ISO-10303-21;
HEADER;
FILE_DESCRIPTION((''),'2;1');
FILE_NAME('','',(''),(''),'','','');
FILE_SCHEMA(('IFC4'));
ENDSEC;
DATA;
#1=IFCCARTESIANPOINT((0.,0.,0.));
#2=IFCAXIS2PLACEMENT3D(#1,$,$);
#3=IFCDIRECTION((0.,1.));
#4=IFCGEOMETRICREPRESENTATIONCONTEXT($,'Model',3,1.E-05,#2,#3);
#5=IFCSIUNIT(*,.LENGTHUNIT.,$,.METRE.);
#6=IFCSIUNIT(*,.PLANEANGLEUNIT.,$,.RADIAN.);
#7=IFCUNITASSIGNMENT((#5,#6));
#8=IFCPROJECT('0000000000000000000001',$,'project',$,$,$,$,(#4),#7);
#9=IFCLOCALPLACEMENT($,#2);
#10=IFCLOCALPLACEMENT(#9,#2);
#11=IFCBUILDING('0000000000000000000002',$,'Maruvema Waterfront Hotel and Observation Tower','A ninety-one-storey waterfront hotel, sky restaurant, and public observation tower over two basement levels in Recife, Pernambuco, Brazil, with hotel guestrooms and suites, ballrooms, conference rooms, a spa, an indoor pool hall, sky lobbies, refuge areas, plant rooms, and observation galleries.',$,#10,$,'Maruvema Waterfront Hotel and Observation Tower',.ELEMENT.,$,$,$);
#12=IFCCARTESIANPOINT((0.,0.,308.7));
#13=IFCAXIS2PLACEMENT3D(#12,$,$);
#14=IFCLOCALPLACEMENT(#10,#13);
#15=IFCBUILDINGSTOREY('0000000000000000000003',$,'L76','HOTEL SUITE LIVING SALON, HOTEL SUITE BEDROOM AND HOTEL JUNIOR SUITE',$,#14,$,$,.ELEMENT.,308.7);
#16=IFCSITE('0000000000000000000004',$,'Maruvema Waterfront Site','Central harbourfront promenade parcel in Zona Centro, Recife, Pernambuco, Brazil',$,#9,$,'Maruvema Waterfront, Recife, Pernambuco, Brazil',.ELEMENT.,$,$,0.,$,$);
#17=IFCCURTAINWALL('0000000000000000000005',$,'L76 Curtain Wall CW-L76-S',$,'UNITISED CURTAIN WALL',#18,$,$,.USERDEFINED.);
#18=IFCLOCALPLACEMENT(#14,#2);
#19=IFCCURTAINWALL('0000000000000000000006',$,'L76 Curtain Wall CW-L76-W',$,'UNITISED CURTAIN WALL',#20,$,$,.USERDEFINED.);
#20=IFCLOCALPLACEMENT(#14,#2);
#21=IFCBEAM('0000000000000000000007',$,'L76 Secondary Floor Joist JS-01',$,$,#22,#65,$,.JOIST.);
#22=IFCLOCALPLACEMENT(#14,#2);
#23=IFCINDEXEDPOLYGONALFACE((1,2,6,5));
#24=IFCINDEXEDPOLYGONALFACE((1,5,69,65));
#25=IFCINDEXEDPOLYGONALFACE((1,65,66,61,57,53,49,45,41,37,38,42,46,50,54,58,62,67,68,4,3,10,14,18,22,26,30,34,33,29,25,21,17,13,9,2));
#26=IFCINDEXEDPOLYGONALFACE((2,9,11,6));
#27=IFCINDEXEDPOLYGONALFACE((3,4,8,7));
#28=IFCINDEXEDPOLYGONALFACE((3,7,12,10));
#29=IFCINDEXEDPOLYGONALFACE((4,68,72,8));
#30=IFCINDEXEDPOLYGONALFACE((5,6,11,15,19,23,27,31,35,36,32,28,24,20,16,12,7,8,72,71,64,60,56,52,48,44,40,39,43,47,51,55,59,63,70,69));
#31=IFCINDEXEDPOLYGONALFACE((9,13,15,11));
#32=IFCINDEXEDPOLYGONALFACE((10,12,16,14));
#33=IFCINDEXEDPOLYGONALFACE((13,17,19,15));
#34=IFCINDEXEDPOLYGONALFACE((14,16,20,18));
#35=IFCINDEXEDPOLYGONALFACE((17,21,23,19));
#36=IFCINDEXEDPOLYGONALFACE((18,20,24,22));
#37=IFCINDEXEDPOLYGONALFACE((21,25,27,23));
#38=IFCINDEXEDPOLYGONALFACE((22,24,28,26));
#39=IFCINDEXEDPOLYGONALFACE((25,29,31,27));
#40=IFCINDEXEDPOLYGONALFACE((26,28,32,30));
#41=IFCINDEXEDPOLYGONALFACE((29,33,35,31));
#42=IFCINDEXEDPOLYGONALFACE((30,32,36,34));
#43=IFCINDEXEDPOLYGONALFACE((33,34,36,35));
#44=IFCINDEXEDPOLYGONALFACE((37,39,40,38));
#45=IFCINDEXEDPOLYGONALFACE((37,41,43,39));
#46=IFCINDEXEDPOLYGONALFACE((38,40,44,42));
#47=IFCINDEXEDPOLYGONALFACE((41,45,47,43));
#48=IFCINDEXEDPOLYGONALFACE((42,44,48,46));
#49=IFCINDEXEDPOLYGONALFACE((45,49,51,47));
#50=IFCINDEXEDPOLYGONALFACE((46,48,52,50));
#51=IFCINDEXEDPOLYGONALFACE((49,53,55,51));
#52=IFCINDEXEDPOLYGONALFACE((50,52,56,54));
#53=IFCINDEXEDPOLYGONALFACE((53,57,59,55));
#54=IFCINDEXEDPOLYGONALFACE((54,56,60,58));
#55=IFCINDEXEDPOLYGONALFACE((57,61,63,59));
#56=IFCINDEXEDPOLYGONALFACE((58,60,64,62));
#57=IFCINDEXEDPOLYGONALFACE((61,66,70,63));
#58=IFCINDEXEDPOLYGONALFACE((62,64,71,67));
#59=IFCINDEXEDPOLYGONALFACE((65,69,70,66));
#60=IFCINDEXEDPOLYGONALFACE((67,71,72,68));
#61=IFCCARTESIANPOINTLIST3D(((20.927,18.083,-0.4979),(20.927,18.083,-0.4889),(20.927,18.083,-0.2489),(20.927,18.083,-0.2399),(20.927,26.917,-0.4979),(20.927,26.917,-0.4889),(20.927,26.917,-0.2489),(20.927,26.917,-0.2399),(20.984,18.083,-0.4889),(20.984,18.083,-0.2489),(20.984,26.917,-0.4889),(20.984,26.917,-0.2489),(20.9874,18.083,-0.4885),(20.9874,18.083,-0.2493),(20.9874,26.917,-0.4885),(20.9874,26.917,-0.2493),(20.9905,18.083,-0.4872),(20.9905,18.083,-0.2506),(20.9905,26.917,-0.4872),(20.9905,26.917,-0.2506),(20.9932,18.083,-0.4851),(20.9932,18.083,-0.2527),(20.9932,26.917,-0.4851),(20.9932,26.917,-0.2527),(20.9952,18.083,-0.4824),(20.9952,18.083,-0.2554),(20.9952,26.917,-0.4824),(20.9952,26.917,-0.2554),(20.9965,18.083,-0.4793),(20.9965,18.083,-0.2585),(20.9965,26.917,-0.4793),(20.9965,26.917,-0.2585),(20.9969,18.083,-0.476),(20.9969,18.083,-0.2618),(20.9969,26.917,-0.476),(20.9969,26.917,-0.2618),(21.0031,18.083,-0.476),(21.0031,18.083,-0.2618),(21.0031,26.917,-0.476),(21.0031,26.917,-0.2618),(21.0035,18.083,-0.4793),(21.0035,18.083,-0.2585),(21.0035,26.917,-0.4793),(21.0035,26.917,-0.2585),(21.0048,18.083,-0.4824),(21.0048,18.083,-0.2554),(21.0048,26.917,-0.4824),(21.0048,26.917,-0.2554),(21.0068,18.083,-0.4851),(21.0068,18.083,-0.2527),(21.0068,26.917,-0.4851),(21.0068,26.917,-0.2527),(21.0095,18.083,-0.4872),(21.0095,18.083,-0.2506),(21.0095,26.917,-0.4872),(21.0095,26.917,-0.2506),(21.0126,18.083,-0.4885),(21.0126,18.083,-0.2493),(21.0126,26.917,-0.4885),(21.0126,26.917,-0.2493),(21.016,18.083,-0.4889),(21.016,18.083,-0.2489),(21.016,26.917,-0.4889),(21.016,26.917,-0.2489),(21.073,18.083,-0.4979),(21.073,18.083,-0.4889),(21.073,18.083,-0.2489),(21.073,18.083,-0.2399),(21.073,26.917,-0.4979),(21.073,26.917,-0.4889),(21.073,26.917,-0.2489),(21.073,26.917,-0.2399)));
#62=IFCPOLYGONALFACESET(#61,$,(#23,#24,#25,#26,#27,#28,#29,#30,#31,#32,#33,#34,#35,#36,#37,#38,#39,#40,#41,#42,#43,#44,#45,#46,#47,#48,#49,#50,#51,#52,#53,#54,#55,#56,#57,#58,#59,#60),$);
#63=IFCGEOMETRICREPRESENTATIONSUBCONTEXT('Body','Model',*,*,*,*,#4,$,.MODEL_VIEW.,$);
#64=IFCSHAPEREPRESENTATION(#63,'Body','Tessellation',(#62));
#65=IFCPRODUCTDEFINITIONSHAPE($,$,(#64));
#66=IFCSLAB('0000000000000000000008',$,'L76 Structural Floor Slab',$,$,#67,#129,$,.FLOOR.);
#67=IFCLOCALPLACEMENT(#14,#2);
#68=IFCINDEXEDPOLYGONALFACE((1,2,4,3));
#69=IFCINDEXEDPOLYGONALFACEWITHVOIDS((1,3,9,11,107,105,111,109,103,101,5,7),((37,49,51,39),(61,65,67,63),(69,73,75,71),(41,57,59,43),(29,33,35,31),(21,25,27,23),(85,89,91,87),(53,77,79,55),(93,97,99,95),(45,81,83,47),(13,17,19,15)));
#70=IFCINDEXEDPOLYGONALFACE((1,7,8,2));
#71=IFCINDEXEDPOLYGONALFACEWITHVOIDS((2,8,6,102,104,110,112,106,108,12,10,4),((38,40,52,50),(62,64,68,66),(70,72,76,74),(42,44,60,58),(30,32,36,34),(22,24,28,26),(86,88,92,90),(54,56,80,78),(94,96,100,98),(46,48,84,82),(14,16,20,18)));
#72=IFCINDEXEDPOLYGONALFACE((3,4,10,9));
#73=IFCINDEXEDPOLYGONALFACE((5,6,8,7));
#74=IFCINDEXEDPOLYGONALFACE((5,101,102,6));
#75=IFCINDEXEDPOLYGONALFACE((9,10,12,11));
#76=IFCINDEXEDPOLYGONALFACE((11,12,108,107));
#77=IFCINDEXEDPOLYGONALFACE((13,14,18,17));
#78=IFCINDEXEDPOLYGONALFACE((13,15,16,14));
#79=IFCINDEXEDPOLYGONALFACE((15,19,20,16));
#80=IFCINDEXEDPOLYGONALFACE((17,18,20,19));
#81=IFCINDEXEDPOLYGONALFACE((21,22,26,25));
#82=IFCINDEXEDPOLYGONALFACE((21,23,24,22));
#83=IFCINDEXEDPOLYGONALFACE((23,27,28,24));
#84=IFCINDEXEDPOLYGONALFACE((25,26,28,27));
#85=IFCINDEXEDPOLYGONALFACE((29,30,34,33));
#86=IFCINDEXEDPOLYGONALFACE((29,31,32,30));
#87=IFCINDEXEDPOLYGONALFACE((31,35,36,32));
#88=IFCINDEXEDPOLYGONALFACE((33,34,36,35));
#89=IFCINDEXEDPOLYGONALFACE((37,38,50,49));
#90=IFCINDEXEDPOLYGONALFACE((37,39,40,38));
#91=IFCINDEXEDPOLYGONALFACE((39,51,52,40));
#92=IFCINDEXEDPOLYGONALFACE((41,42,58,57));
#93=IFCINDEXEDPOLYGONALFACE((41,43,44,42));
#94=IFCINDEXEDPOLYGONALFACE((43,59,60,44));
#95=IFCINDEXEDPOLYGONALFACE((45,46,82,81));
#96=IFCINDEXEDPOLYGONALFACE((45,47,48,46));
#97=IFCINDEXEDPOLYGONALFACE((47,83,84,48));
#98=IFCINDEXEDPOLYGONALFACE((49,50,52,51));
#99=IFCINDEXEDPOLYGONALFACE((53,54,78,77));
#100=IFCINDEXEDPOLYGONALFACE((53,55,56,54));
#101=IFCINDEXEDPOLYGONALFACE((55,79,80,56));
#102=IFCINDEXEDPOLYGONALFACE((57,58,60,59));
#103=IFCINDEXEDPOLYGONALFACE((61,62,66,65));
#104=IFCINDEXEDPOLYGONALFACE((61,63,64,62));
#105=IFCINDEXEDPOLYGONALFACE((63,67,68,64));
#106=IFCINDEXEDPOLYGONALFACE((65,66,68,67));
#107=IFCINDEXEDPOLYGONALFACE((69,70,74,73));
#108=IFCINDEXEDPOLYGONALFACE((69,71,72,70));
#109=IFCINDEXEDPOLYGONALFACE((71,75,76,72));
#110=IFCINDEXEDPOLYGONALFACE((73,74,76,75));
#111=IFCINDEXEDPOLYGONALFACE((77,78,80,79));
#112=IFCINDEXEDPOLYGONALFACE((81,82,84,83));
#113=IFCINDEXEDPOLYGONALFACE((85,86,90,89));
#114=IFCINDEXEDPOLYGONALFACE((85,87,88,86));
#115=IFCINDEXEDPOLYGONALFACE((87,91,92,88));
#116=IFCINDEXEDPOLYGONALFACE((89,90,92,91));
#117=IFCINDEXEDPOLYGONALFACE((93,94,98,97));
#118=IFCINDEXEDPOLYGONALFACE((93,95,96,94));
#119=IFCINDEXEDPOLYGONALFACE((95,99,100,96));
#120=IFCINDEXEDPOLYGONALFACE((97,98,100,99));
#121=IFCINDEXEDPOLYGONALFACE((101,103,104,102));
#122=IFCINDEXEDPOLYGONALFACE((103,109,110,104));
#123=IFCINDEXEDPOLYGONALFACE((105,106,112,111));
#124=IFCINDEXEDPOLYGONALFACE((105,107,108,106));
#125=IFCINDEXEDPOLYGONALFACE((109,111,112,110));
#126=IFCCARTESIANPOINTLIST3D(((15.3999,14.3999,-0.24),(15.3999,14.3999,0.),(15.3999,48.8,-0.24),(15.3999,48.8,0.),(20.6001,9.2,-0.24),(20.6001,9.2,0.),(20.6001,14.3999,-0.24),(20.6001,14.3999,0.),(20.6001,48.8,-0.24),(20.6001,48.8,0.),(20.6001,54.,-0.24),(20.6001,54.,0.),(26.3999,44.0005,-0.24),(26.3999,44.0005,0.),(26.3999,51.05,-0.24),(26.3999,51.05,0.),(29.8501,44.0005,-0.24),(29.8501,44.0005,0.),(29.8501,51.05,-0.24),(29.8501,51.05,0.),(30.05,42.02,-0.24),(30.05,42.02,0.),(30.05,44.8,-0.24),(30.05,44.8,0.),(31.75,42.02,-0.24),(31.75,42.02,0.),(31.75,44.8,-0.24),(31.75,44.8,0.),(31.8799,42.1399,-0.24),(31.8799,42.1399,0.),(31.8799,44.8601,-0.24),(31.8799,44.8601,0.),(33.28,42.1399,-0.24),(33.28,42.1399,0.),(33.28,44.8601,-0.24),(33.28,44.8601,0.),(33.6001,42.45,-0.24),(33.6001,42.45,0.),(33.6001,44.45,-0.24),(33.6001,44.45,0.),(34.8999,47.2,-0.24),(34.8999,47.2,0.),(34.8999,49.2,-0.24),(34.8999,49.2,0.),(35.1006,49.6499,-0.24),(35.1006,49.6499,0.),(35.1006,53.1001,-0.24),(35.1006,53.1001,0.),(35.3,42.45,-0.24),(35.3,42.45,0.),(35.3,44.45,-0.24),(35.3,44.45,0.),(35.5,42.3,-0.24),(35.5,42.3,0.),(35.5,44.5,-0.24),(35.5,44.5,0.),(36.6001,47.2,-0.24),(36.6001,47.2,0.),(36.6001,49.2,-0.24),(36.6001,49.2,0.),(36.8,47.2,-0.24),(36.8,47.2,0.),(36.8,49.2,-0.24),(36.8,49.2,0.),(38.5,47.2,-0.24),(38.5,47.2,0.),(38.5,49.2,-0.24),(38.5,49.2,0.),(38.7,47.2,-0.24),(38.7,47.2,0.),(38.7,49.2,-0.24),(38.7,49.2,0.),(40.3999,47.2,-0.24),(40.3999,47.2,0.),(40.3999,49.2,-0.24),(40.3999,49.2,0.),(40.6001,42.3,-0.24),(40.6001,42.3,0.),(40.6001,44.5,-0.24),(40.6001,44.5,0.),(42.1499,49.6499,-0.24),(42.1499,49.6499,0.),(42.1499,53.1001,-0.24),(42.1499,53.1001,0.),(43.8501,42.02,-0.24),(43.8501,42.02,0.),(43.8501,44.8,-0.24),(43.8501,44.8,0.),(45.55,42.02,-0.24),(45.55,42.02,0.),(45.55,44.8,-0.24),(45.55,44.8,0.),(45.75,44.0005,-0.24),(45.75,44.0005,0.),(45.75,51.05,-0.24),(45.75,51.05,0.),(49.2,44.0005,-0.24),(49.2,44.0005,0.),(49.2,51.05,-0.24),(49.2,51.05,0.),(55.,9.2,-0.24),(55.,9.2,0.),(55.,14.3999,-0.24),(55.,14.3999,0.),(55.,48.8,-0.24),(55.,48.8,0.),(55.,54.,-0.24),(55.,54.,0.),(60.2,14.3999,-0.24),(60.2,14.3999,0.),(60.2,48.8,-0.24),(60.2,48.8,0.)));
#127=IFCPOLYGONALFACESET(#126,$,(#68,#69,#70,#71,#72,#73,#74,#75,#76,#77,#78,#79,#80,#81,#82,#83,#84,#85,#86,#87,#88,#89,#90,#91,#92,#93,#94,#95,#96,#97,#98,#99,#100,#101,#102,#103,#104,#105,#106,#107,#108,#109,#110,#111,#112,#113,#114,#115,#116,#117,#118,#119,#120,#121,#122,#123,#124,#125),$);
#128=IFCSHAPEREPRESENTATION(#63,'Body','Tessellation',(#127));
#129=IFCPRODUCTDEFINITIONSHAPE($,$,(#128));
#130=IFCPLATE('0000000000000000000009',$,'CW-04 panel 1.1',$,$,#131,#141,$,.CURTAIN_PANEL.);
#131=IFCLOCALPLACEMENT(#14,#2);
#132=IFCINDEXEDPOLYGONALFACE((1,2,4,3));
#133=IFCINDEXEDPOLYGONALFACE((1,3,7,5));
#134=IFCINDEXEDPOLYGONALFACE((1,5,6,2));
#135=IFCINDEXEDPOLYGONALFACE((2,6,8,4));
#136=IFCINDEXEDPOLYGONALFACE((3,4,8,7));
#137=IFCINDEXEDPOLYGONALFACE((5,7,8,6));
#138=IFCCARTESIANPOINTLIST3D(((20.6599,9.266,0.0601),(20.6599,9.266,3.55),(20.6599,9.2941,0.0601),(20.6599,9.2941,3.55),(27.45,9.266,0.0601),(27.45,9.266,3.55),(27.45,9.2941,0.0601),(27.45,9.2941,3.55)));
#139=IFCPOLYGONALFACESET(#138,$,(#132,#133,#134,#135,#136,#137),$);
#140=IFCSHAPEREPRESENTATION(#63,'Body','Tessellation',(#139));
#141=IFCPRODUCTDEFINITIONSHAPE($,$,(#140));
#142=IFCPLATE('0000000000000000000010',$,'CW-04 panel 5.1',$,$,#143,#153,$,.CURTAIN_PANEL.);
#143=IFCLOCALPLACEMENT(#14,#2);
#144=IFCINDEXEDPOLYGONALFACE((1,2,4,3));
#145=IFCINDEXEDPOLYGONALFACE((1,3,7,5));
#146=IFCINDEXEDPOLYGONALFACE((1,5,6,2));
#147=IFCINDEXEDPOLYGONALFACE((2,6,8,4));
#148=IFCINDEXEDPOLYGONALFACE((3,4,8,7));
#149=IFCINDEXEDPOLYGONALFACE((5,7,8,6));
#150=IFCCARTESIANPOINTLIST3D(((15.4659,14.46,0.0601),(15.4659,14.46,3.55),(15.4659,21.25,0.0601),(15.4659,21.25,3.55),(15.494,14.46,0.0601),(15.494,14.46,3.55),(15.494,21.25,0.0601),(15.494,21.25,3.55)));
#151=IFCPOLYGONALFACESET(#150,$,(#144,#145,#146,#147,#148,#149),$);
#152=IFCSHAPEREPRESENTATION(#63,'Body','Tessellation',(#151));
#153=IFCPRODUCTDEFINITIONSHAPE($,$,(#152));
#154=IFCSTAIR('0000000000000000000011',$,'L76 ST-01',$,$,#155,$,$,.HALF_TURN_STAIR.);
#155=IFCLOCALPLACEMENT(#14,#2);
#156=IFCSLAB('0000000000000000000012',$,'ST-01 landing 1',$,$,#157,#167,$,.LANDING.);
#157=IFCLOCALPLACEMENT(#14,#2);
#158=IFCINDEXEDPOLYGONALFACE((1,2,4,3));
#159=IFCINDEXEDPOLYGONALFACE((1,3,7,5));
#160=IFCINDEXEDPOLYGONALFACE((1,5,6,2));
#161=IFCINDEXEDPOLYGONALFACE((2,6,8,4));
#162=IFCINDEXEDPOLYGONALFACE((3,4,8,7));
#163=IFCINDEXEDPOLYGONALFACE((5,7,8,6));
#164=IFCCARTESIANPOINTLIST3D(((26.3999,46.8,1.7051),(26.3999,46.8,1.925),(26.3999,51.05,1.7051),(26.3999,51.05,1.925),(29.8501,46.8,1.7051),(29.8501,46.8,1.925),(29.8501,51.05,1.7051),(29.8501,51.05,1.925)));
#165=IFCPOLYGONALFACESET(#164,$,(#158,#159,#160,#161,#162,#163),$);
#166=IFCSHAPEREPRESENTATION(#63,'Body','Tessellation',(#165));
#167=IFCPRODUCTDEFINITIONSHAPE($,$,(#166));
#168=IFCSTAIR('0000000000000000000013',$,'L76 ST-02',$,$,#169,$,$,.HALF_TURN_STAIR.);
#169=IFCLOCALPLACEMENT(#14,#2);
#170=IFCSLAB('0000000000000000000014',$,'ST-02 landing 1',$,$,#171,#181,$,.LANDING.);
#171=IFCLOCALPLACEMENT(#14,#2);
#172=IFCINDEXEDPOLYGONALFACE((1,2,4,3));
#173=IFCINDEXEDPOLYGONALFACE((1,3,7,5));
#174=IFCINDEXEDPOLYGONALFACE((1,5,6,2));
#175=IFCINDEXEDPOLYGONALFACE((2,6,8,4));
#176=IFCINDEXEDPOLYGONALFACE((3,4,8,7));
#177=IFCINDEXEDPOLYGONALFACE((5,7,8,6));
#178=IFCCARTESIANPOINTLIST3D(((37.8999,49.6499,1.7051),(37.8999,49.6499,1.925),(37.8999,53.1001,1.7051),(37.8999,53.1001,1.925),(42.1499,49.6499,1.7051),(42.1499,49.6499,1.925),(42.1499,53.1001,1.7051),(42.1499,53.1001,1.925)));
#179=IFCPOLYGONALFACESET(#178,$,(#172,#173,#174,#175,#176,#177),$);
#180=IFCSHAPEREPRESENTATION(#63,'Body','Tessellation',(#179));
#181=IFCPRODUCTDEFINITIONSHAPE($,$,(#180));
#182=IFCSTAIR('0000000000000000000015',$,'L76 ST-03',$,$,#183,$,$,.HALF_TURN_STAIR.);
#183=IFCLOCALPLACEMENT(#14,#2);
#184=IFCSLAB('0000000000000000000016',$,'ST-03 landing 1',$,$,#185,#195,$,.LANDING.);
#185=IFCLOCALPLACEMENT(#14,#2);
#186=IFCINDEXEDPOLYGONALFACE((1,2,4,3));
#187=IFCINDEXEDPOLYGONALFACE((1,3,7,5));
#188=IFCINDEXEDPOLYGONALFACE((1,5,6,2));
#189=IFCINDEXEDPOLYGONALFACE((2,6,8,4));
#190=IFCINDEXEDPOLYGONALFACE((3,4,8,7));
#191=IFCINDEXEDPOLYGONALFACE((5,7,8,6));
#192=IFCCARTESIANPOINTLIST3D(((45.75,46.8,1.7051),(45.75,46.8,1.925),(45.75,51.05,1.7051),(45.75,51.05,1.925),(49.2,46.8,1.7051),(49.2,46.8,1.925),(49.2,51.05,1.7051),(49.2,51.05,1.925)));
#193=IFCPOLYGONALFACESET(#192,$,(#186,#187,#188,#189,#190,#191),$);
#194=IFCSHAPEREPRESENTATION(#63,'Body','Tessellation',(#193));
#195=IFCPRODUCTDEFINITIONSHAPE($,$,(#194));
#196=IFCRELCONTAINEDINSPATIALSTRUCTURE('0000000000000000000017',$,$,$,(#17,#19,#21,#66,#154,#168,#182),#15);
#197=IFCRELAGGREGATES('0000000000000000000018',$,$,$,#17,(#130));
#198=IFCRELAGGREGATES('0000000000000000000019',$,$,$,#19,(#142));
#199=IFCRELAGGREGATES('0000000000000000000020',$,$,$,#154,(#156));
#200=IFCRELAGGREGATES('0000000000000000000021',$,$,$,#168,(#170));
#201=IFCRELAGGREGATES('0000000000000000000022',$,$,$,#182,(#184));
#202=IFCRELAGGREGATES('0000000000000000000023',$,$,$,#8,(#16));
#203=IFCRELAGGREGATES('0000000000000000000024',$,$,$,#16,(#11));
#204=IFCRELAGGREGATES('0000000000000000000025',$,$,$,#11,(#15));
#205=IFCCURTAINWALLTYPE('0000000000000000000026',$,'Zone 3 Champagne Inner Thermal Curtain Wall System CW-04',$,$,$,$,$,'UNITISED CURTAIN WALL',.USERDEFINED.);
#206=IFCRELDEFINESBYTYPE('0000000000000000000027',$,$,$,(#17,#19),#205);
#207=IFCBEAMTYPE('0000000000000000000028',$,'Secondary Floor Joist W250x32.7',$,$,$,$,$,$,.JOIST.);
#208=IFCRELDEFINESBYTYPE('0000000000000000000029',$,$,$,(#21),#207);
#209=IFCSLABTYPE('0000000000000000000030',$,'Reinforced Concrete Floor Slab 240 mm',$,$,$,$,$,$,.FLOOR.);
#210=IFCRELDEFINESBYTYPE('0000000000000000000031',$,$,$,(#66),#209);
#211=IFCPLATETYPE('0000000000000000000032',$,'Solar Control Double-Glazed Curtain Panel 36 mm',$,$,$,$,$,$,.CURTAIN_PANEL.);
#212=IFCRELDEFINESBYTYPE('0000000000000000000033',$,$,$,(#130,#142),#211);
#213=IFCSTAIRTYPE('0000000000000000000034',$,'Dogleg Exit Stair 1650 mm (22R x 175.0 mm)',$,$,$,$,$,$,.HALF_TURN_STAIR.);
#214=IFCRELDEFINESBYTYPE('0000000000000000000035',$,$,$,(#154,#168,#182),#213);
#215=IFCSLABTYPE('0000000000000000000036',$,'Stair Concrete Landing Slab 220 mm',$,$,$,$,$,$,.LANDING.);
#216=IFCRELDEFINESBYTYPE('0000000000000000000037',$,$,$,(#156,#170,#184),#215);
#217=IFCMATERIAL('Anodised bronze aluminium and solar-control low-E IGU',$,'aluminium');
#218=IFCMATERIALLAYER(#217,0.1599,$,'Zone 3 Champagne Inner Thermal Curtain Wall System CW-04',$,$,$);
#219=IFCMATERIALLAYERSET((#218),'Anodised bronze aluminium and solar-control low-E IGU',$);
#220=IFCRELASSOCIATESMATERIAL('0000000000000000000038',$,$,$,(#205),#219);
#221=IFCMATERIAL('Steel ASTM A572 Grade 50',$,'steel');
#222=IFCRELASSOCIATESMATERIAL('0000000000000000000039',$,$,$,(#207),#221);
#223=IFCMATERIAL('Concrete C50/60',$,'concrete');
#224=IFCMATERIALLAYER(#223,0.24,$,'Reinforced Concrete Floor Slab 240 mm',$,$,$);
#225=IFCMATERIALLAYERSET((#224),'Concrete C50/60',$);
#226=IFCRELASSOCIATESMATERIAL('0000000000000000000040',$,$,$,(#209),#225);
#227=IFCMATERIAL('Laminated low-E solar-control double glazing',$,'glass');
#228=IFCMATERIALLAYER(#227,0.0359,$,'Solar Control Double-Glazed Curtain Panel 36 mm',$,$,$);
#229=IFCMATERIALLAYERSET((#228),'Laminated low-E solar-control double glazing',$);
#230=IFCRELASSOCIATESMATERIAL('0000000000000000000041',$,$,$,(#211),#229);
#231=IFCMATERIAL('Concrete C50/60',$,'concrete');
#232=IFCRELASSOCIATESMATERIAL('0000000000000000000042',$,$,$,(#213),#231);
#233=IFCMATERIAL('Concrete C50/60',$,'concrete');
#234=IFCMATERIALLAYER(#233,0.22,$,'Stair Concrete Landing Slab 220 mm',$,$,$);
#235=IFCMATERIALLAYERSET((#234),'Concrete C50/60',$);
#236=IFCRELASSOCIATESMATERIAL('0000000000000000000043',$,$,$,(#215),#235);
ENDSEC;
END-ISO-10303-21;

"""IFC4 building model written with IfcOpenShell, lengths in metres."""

from ifc_helpers import new_model, si_unit, direction, frame, origin, origin_2d, place, context, subcontext, project, spatial, polyline, rectangle, i_section, outline, extrude, material, layer, layer_set, material_profile, profile_set, type_object, element, aggregate, save


model = new_model("IFC4")

# Units and contexts
model_context = context("Model", 3, precision=1e-05, world=origin(), true_north=direction((0.0, 1.0)))
body_context = subcontext(model_context, "Body", "Model", "MODEL_VIEW")
ifc_project = project(units=[si_unit("LENGTHUNIT", "METRE"), si_unit("PLANEANGLEUNIT", "RADIAN")], contexts=[model_context])

# Site, building, storey
site_placement = place(None, origin())
site = spatial("IfcSite", under=ifc_project, at=site_placement, Name="Maruvema Waterfront Site", Description="Central harbourfront promenade parcel in Zona Centro, Recife, Pernambuco, Brazil", LongName="Maruvema Waterfront, Recife, Pernambuco, Brazil", CompositionType="ELEMENT", RefElevation=0.0)
building_placement = place(site_placement, origin())
building = spatial("IfcBuilding", under=site, at=building_placement, Name="Maruvema Waterfront Hotel and Observation Tower", Description="A ninety-one-storey waterfront hotel, sky restaurant, and public observation tower over two basement levels in Recife, Pernambuco, Brazil, with hotel guestrooms and suites, ballrooms, conference rooms, a spa, an indoor pool hall, sky lobbies, refuge areas, plant rooms, and observation galleries.", LongName="Maruvema Waterfront Hotel and Observation Tower", CompositionType="ELEMENT")
storey_placement = place(building_placement, frame((0.0, 0.0, 308.7)))
storey = spatial("IfcBuildingStorey", under=building, at=storey_placement, Name="L76", Description="HOTEL SUITE LIVING SALON, HOTEL SUITE BEDROOM AND HOTEL JUNIOR SUITE", CompositionType="ELEMENT", Elevation=308.7)

# Curtain wall
ifc_material_1 = material(Name="Anodised bronze aluminium and solar-control low-E IGU", Category="aluminium")
ifc_layer_1 = layer(ifc_material_1, 0.1599, Name="Zone 3 Champagne Inner Thermal Curtain Wall System CW-04")
ifc_layer_set_1 = layer_set([ifc_layer_1], Name="Anodised bronze aluminium and solar-control low-E IGU")
curtain_wall_type = type_object("IfcCurtainWallType", Name="Zone 3 Champagne Inner Thermal Curtain Wall System CW-04", ElementType="UNITISED CURTAIN WALL", PredefinedType="USERDEFINED", material=ifc_layer_set_1)
curtain_wall_1_placement = place(storey_placement, origin())
curtain_wall_1 = element("IfcCurtainWall", 1, at=curtain_wall_1_placement, inside=storey, type_object=curtain_wall_type, Name="L76 Curtain Wall CW-L76-S", ObjectType="UNITISED CURTAIN WALL", PredefinedType="USERDEFINED")

# Curtain wall
curtain_wall_2_placement = place(storey_placement, origin())
curtain_wall_2 = element("IfcCurtainWall", 2, at=curtain_wall_2_placement, inside=storey, type_object=curtain_wall_type, Name="L76 Curtain Wall CW-L76-W", ObjectType="UNITISED CURTAIN WALL", PredefinedType="USERDEFINED")

# Beam
ifc_material_2 = material(Name="Steel ASTM A572 Grade 50", Category="steel")
ifc_material_profile_1 = material_profile(ifc_material_2, i_section(OverallWidth=0.146, OverallDepth=0.2581, WebThickness=0.0061, FlangeThickness=0.009, FilletRadius=0.0129, at=origin_2d()), Name="W250x32.7")
ifc_profile_set_1 = profile_set([ifc_material_profile_1], Name="Steel ASTM A572 Grade 50")
beam_type_1 = type_object("IfcBeamType", Name="Secondary Floor Joist W250x32.7", PredefinedType="JOIST", material=ifc_profile_set_1)
beam_1_placement = place(storey_placement, frame((21.0, 18.083, -0.3689), z_axis=(0.0, 1.0, 0.0), x_axis=(-1.0, 0.0, 0.0)))
element("IfcBeam", 3, at=beam_1_placement, inside=storey, type_object=beam_type_1, Name="L76 Secondary Floor Joist JS-01", PredefinedType="JOIST", context=body_context, shape_type="SweptSolid", body=[
    extrude(i_section(OverallWidth=0.146, OverallDepth=0.2581, WebThickness=0.0061, FlangeThickness=0.009, FilletRadius=0.0129, at=origin_2d()), origin(), (0.0, 0.0, 1.0), 8.834),
])

# Slab
ifc_material_3 = material(Name="Concrete C50/60", Category="concrete")
ifc_layer_2 = layer(ifc_material_3, 0.24, Name="Reinforced Concrete Floor Slab 240 mm")
ifc_layer_set_2 = layer_set([ifc_layer_2], Name="Concrete C50/60")
slab_type_1 = type_object("IfcSlabType", Name="Reinforced Concrete Floor Slab 240 mm", PredefinedType="FLOOR", material=ifc_layer_set_2)
slab_1_placement = place(storey_placement, frame((0.0, 0.0, -0.24)))
element("IfcSlab", 4, at=slab_1_placement, inside=storey, type_object=slab_type_1, Name="L76 Structural Floor Slab", PredefinedType="FLOOR", context=body_context, shape_type="SweptSolid", body=[
    extrude(outline(polyline([(20.6001, 9.2), (55.0, 9.2), (55.0, 14.3999), (60.2, 14.3999), (60.2, 48.8), (55.0, 48.8), (55.0, 54.0), (20.6001, 54.0), (20.6001, 48.8), (15.3999, 48.8), (15.3999, 14.3999), (20.6001, 14.3999), (20.6001, 9.2)]), holes=[polyline([(26.3999, 44.0005), (26.3999, 51.05), (29.8501, 51.05), (29.8501, 44.0005), (26.3999, 44.0005)]), polyline([(30.05, 44.8), (31.75, 44.8), (31.75, 42.02), (30.05, 42.02), (30.05, 44.8)]), polyline([(31.8799, 42.1399), (31.8799, 44.8601), (33.28, 44.8601), (33.28, 42.1399), (31.8799, 42.1399)]), polyline([(33.6001, 44.45), (35.3, 44.45), (35.3, 42.45), (33.6001, 42.45), (33.6001, 44.45)]), polyline([(34.8999, 49.2), (36.6001, 49.2), (36.6001, 47.2), (34.8999, 47.2), (34.8999, 49.2)]), polyline([(36.8, 47.2), (36.8, 49.2), (38.5, 49.2), (38.5, 47.2), (36.8, 47.2)]), polyline([(35.5, 42.3), (35.5, 44.5), (40.6001, 44.5), (40.6001, 42.3), (35.5, 42.3)]), polyline([(35.1006, 53.1001), (42.1499, 53.1001), (42.1499, 49.6499), (35.1006, 49.6499), (35.1006, 53.1001)]), polyline([(38.7, 49.2), (40.3999, 49.2), (40.3999, 47.2), (38.7, 47.2), (38.7, 49.2)]), polyline([(43.8501, 44.8), (45.55, 44.8), (45.55, 42.02), (43.8501, 42.02), (43.8501, 44.8)]), polyline([(45.75, 44.0005), (45.75, 51.05), (49.2, 51.05), (49.2, 44.0005), (45.75, 44.0005)])]), origin(), (0.0, 0.0, 1.0), 0.24),
])

# Plates
ifc_material_4 = material(Name="Laminated low-E solar-control double glazing", Category="glass")
ifc_layer_3 = layer(ifc_material_4, 0.0359, Name="Solar Control Double-Glazed Curtain Panel 36 mm")
ifc_layer_set_3 = layer_set([ifc_layer_3], Name="Laminated low-E solar-control double glazing")
plate_type = type_object("IfcPlateType", Name="Solar Control Double-Glazed Curtain Panel 36 mm", PredefinedType="CURTAIN_PANEL", material=ifc_layer_set_3)
plate_1_placement = place(storey_placement, frame((24.0549, 9.28, 0.0601), z_axis=(0.0, 0.0, 1.0), x_axis=(1.0, 0.0, 0.0)))
plate_1 = element("IfcPlate", 5, at=plate_1_placement, type_object=plate_type, Name="CW-04 panel 1.1", PredefinedType="CURTAIN_PANEL", context=body_context, shape_type="SweptSolid", body=[
    extrude(rectangle(XDim=6.79, YDim=0.0281, at=origin_2d()), origin(), (0.0, 0.0, 1.0), 3.49),
])
aggregate(curtain_wall_1, [plate_1])
plate_2_placement = place(storey_placement, frame((15.48, 17.855, 0.0601), z_axis=(0.0, 0.0, 1.0), x_axis=(0.0, -1.0, 0.0)))
plate_2 = element("IfcPlate", 6, at=plate_2_placement, type_object=plate_type, Name="CW-04 panel 5.1", PredefinedType="CURTAIN_PANEL", context=body_context, shape_type="SweptSolid", body=[
    extrude(rectangle(XDim=6.79, YDim=0.0281, at=origin_2d()), origin(), (0.0, 0.0, 1.0), 3.49),
])
aggregate(curtain_wall_2, [plate_2])

# Stairs, slabs
ifc_material_5 = material(Name="Concrete C50/60", Category="concrete")
stair_type = type_object("IfcStairType", Name="Dogleg Exit Stair 1650 mm (22R x 175.0 mm)", PredefinedType="HALF_TURN_STAIR", material=ifc_material_5)
stair_1_placement = place(storey_placement, origin())
stair_1 = element("IfcStair", 7, at=stair_1_placement, inside=storey, type_object=stair_type, Name="L76 ST-01", PredefinedType="HALF_TURN_STAIR")
ifc_material_6 = material(Name="Concrete C50/60", Category="concrete")
ifc_layer_4 = layer(ifc_material_6, 0.22, Name="Stair Concrete Landing Slab 220 mm")
ifc_layer_set_4 = layer_set([ifc_layer_4], Name="Concrete C50/60")
slab_type_2 = type_object("IfcSlabType", Name="Stair Concrete Landing Slab 220 mm", PredefinedType="LANDING", material=ifc_layer_set_4)
slab_2_placement = place(storey_placement, frame((0.0, 0.0, 1.7051)))
slab_2 = element("IfcSlab", 8, at=slab_2_placement, type_object=slab_type_2, Name="ST-01 landing 1", PredefinedType="LANDING", context=body_context, shape_type="SweptSolid", body=[
    extrude(outline(polyline([(29.8501, 46.8), (29.8501, 51.05), (26.3999, 51.05), (26.3999, 46.8), (29.8501, 46.8)])), origin(), (0.0, 0.0, 1.0), 0.22),
])
aggregate(stair_1, [slab_2])
stair_2_placement = place(storey_placement, origin())
stair_2 = element("IfcStair", 9, at=stair_2_placement, inside=storey, type_object=stair_type, Name="L76 ST-02", PredefinedType="HALF_TURN_STAIR")
slab_3_placement = place(storey_placement, frame((0.0, 0.0, 1.7051)))
slab_3 = element("IfcSlab", 10, at=slab_3_placement, type_object=slab_type_2, Name="ST-02 landing 1", PredefinedType="LANDING", context=body_context, shape_type="SweptSolid", body=[
    extrude(outline(polyline([(37.8999, 49.6499), (42.1499, 49.6499), (42.1499, 53.1001), (37.8999, 53.1001), (37.8999, 49.6499)])), origin(), (0.0, 0.0, 1.0), 0.22),
])
aggregate(stair_2, [slab_3])
stair_3_placement = place(storey_placement, origin())
stair_3 = element("IfcStair", 11, at=stair_3_placement, inside=storey, type_object=stair_type, Name="L76 ST-03", PredefinedType="HALF_TURN_STAIR")
slab_4_placement = place(storey_placement, frame((0.0, 0.0, 1.7051)))
slab_4 = element("IfcSlab", 12, at=slab_4_placement, type_object=slab_type_2, Name="ST-03 landing 1", PredefinedType="LANDING", context=body_context, shape_type="SweptSolid", body=[
    extrude(outline(polyline([(49.2, 46.8), (49.2, 51.05), (45.75, 51.05), (45.75, 46.8), (49.2, 46.8)])), origin(), (0.0, 0.0, 1.0), 0.22),
])
aggregate(stair_3, [slab_4])

save(model, "model.ifc")
